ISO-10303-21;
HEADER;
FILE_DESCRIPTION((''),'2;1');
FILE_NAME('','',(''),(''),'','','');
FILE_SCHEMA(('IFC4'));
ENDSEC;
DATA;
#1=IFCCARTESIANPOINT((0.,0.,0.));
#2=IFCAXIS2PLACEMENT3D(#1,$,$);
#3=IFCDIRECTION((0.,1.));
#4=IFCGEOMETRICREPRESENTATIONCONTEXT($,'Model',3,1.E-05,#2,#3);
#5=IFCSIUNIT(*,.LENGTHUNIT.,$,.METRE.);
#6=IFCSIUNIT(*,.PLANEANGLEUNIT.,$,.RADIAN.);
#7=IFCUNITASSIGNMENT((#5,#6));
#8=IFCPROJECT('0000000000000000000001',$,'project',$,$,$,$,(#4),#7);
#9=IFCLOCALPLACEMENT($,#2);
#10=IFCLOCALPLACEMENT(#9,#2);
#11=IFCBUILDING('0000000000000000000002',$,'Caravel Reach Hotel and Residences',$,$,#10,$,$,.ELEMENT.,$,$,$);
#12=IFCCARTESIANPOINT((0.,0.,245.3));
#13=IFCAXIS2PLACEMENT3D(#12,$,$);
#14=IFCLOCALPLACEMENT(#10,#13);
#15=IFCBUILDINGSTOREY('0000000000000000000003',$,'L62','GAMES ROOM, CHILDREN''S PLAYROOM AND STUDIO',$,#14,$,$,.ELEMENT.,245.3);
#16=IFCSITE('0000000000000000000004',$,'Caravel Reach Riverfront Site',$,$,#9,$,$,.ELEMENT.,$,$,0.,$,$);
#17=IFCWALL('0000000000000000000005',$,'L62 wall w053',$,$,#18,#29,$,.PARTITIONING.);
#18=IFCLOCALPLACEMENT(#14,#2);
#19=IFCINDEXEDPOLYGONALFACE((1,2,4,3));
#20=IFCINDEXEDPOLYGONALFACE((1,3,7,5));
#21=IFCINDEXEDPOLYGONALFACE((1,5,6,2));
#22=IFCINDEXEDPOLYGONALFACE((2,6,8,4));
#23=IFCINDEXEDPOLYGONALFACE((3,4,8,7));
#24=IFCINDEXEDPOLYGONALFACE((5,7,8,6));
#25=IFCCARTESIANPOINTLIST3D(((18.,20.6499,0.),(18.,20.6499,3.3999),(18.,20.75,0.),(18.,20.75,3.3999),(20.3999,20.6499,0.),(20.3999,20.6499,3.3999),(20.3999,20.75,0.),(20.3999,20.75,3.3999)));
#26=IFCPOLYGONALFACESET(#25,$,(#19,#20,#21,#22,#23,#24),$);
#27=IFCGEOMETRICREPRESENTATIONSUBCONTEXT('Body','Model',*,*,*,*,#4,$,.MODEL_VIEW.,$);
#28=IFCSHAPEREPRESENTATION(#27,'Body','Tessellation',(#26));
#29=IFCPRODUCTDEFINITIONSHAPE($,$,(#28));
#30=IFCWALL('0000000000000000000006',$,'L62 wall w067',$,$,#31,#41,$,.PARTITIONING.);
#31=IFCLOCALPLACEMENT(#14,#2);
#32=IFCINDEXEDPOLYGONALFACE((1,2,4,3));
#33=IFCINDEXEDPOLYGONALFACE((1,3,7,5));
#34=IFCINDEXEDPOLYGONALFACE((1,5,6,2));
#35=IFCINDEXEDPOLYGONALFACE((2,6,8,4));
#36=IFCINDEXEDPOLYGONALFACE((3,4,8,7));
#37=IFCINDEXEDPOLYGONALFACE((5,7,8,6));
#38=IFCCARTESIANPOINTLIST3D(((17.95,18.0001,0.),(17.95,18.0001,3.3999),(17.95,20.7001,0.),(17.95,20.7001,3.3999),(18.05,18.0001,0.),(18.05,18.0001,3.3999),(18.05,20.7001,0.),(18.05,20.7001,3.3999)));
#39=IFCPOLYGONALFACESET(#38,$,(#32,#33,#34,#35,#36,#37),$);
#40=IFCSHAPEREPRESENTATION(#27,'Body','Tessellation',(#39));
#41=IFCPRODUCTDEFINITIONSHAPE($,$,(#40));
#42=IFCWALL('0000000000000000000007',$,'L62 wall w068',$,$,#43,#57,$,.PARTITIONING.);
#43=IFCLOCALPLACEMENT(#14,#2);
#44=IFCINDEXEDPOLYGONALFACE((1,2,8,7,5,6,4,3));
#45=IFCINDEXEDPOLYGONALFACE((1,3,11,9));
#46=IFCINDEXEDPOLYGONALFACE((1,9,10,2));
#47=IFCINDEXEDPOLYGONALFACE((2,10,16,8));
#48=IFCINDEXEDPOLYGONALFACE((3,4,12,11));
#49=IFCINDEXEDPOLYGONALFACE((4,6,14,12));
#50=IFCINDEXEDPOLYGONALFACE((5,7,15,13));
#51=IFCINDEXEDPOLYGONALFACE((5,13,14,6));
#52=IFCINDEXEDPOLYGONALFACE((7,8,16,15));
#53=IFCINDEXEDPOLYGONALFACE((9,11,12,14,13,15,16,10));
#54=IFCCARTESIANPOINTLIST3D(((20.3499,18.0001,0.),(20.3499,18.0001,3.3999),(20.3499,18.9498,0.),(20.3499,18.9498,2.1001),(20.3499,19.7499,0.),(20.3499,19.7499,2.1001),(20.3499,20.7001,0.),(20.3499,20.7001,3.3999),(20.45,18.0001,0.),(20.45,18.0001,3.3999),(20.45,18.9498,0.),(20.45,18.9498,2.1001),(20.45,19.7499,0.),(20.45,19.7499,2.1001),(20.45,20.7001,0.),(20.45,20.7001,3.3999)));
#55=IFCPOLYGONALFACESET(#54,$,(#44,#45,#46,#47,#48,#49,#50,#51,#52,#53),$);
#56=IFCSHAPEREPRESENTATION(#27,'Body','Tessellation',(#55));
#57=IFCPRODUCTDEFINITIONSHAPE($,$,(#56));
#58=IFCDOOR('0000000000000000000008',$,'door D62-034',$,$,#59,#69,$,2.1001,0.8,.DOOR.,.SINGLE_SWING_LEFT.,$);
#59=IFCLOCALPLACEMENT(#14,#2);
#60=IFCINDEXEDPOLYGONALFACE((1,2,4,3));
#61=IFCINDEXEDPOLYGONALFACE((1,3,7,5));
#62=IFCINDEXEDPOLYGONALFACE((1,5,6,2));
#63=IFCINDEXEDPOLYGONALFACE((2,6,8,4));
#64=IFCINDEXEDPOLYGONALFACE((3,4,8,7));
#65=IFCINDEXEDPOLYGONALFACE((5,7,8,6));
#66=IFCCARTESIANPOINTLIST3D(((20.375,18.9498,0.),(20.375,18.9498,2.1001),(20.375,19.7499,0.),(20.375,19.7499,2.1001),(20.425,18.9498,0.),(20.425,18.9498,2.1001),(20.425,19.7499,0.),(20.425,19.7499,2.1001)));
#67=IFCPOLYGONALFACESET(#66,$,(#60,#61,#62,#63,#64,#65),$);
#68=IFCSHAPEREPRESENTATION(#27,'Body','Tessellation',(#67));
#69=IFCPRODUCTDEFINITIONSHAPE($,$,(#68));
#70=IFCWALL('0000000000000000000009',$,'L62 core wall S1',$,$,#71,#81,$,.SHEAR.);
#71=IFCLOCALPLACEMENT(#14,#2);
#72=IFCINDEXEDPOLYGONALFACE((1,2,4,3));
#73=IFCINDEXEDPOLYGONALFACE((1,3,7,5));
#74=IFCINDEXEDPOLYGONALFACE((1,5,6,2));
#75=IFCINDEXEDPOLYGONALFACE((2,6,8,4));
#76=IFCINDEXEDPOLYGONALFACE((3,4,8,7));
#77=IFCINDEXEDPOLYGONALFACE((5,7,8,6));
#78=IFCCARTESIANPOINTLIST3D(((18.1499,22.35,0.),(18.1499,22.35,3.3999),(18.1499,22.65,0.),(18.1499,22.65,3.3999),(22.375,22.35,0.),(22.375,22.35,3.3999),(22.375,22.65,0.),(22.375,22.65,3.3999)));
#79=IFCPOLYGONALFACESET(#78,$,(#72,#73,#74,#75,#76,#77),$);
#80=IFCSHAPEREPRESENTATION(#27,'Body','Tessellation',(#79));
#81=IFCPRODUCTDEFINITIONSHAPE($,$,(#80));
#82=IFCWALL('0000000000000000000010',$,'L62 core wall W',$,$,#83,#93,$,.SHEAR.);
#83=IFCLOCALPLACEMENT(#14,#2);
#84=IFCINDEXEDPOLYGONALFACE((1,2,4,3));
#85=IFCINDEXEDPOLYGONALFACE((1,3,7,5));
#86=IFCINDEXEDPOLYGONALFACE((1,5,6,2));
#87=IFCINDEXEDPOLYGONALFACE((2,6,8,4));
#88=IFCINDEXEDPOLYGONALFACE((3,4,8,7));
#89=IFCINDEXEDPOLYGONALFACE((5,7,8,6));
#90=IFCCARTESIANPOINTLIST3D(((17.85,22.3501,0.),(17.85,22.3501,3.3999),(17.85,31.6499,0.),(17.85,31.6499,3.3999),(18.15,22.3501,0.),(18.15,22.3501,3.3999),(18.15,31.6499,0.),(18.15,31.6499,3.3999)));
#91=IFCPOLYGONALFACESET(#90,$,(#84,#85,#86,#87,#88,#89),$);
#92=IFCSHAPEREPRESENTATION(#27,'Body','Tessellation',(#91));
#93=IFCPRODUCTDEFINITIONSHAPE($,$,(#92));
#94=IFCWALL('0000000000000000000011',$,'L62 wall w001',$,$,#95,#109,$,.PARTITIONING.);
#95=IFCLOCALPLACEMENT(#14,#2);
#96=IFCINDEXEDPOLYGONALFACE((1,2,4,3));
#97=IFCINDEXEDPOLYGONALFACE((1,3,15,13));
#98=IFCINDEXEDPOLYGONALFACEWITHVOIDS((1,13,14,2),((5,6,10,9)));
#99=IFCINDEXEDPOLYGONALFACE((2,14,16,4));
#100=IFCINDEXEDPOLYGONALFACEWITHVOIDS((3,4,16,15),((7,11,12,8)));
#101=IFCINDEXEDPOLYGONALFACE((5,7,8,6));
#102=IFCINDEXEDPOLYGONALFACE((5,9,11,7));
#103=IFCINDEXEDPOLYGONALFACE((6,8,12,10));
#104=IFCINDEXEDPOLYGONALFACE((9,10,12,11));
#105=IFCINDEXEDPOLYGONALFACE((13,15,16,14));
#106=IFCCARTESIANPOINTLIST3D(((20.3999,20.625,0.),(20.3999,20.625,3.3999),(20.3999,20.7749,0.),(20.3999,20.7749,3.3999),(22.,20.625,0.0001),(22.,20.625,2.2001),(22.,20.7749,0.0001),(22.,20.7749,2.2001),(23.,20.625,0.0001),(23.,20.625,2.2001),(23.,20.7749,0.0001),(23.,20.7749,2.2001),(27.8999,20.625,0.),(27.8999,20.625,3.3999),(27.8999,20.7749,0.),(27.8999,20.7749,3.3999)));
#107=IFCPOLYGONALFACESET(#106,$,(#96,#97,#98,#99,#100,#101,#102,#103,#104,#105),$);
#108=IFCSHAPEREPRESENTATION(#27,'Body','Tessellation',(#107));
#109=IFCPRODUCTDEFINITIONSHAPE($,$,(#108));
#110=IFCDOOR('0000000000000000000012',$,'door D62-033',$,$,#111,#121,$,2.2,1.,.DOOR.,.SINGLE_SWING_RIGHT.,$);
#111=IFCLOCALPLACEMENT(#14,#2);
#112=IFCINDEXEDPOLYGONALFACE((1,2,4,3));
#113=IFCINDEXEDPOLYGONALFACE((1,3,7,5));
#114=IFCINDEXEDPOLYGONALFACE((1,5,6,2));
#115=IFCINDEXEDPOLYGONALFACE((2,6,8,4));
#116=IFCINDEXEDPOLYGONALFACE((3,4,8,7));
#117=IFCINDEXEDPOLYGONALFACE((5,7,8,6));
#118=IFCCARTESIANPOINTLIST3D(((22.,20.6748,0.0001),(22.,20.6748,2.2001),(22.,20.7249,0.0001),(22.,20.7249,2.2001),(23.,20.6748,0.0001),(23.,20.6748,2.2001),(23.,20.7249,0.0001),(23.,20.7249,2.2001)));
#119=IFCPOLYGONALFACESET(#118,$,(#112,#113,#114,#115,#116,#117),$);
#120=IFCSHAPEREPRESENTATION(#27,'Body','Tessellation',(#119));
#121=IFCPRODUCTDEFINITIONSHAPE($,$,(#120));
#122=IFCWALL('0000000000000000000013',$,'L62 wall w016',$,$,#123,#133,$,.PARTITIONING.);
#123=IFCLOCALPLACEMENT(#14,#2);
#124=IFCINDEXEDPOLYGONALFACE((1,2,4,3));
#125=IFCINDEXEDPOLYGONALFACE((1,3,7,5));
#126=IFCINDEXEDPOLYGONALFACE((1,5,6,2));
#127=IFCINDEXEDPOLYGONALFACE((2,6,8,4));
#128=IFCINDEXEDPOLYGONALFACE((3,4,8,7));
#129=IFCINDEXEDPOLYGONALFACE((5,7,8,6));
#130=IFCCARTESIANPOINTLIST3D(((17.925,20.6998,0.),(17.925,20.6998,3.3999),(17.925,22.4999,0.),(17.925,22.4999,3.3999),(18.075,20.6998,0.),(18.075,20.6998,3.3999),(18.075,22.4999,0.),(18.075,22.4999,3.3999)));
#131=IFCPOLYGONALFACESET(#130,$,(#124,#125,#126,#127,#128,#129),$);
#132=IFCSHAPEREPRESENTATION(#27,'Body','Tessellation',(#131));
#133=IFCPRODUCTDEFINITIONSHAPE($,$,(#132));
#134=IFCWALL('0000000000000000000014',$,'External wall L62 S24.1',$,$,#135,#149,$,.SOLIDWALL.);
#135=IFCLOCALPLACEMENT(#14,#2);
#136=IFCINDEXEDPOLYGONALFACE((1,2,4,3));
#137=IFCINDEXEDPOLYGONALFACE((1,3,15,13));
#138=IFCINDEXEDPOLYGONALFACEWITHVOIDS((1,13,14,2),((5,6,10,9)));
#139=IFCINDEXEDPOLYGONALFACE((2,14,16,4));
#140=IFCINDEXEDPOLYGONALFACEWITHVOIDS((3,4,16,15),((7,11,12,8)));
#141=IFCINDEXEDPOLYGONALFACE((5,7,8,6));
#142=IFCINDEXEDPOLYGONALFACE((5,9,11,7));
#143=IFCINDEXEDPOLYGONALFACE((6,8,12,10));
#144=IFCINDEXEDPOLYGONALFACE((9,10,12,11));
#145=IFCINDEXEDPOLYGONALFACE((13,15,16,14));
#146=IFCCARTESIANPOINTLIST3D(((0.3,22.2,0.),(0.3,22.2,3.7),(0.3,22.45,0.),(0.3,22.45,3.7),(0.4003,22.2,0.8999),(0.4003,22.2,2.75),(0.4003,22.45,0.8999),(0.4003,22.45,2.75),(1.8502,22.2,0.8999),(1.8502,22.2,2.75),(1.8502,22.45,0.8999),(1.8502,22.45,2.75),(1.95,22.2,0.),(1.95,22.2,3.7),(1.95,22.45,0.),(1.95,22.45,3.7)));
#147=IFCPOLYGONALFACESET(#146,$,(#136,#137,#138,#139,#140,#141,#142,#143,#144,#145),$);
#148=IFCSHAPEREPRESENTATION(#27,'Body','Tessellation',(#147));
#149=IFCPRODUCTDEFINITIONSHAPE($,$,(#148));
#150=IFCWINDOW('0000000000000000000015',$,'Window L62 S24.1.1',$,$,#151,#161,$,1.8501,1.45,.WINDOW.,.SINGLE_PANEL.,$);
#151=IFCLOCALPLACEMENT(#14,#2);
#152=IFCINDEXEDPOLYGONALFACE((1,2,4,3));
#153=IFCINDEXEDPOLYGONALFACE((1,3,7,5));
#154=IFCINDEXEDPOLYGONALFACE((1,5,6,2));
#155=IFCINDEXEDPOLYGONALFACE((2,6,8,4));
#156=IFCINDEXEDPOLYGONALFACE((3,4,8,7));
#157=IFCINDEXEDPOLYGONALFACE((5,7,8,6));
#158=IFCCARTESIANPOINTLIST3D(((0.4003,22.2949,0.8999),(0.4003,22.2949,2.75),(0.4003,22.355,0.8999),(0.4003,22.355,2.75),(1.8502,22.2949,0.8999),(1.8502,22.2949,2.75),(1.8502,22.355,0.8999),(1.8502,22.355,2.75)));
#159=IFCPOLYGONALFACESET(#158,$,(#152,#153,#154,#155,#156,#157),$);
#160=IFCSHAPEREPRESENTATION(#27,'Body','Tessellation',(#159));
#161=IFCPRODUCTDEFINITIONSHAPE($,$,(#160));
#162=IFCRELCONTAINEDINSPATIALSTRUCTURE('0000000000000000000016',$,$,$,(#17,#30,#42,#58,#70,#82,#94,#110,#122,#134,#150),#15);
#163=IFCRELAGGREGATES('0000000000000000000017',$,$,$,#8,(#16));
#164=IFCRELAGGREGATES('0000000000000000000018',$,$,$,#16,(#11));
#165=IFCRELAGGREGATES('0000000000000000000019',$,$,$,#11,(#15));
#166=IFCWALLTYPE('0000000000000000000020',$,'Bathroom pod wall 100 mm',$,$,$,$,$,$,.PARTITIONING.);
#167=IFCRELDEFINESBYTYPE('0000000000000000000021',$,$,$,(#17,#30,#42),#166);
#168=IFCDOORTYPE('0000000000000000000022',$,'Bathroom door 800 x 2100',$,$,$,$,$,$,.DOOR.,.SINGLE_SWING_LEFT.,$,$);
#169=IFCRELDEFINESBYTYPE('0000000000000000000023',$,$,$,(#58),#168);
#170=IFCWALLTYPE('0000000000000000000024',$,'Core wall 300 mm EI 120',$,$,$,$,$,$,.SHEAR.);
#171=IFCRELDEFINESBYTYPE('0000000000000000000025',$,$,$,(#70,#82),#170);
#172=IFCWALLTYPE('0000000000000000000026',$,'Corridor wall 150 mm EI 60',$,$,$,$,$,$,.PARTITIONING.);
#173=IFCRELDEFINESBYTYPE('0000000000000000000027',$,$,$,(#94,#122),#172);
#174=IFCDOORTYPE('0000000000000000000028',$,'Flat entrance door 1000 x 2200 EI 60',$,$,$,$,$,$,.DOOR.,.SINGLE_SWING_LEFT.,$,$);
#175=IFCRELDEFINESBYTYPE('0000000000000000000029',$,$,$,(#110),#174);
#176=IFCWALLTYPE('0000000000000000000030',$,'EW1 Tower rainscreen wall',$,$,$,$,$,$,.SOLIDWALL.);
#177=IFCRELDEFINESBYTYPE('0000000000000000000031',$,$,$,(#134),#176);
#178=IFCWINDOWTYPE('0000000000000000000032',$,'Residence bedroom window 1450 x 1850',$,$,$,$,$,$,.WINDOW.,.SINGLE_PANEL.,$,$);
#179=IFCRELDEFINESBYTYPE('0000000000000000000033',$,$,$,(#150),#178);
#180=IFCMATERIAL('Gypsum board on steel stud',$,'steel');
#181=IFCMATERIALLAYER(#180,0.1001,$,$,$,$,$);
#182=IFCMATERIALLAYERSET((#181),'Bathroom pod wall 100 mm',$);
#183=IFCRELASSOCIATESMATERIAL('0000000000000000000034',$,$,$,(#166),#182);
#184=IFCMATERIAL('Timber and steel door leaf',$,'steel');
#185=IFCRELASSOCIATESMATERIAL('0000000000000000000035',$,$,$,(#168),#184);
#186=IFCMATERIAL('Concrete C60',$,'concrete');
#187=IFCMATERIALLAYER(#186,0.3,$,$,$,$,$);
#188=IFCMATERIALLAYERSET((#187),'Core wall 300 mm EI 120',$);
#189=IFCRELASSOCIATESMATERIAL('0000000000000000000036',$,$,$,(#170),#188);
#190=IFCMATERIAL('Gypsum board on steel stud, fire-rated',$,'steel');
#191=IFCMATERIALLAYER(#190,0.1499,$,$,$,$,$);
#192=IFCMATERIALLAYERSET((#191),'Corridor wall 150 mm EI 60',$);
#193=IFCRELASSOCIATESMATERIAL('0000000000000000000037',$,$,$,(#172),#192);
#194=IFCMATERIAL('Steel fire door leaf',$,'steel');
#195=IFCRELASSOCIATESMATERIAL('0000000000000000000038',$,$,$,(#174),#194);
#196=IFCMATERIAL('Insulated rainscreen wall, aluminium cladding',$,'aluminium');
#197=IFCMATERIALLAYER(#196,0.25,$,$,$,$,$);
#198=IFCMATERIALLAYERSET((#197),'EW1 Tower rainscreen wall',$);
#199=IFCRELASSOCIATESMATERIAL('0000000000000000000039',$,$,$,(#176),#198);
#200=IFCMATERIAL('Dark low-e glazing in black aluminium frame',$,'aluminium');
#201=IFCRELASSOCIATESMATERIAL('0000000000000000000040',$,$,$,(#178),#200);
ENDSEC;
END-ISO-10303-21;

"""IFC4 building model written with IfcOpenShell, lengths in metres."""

from ifc_helpers import new_model, si_unit, direction, frame, frame_2d, origin, place, context, subcontext, project, spatial, rectangle, extrude, material, layer, layer_set, type_object, element, fill, save


model = new_model("IFC4")

# Units and contexts
model_context = context("Model", 3, precision=1e-05, world=origin(), true_north=direction((0.0, 1.0)))
body_context = subcontext(model_context, "Body", "Model", "MODEL_VIEW")
ifc_project = project(units=[si_unit("LENGTHUNIT", "METRE"), si_unit("PLANEANGLEUNIT", "RADIAN")], contexts=[model_context])

# Site, building, storey
site_placement = place(None, origin())
site = spatial("IfcSite", under=ifc_project, at=site_placement, Name="Caravel Reach Riverfront Site", CompositionType="ELEMENT", RefElevation=0.0)
building_placement = place(site_placement, origin())
building = spatial("IfcBuilding", under=site, at=building_placement, Name="Caravel Reach Hotel and Residences", CompositionType="ELEMENT")
storey_placement = place(building_placement, frame((0.0, 0.0, 245.3)))
storey = spatial("IfcBuildingStorey", under=building, at=storey_placement, Name="L62", Description="GAMES ROOM, CHILDREN'S PLAYROOM AND STUDIO", CompositionType="ELEMENT", Elevation=245.3)

# Walls
ifc_material_1 = material(Name="Gypsum board on steel stud", Category="steel")
ifc_layer_1 = layer(ifc_material_1, 0.1001)
ifc_layer_set_1 = layer_set([ifc_layer_1], Name="Bathroom pod wall 100 mm")
wall_type_1 = type_object("IfcWallType", Name="Bathroom pod wall 100 mm", PredefinedType="PARTITIONING", material=ifc_layer_set_1)
for number, where, z_axis, x_axis, name in (
    (1, (18.0, 20.7, 0.0), (0.0, 0.0, 1.0), (1.0, 0.0, 0.0), "L62 wall w053"),
):
    element("IfcWall", number, at=place(storey_placement, frame(where, z_axis=z_axis, x_axis=x_axis)), inside=storey, type_object=wall_type_1, Name=name, PredefinedType="PARTITIONING", context=body_context, shape_type="SweptSolid", body=[
        extrude(rectangle(XDim=2.3999, YDim=0.1001, at=frame_2d((1.2, 0.0))), origin(), (0.0, 0.0, 1.0), 3.3999),
    ])
wall_1_placement = place(storey_placement, frame((18.0, 18.0, 0.0), z_axis=(0.0, 0.0, 1.0), x_axis=(0.0, 1.0, 0.0)))
element("IfcWall", 2, at=wall_1_placement, inside=storey, type_object=wall_type_1, Name="L62 wall w067", PredefinedType="PARTITIONING", context=body_context, shape_type="SweptSolid", body=[
    extrude(rectangle(XDim=2.7, YDim=0.1001, at=frame_2d((1.3501, 0.0))), origin(), (0.0, 0.0, 1.0), 3.3999),
])

# Wall, opening, door
wall_2_placement = place(storey_placement, frame((20.3999, 18.0, 0.0), z_axis=(0.0, 0.0, 1.0), x_axis=(0.0, 1.0, 0.0)))
wall_2 = element("IfcWall", 3, at=wall_2_placement, inside=storey, type_object=wall_type_1, Name="L62 wall w068", PredefinedType="PARTITIONING", context=body_context, shape_type="SweptSolid", body=[
    extrude(rectangle(XDim=2.7, YDim=0.1001, at=frame_2d((1.3501, 0.0))), origin(), (0.0, 0.0, 1.0), 3.3999),
])
opening_1_placement = place(wall_2_placement, frame((0.95, 0.0, 0.0)))
opening_1 = element("IfcOpeningElement", 4, at=opening_1_placement, cuts=wall_2, PredefinedType="OPENING", context=body_context, shape_type="SweptSolid", body=[
    extrude(rectangle(XDim=0.8, YDim=2.1001, at=frame_2d((0.3999, 1.05))), frame((0.0, 0.0601, 0.0), z_axis=(0.0, -1.0, 0.0), x_axis=(1.0, 0.0, 0.0)), (0.0, 0.0, 1.0), 0.1201),
])
ifc_material_2 = material(Name="Timber and steel door leaf", Category="steel")
door_type_1 = type_object("IfcDoorType", Name="Bathroom door 800 x 2100", OperationType="SINGLE_SWING_LEFT", PredefinedType="DOOR", material=ifc_material_2)
door_1_placement = place(opening_1_placement, origin())
door_1 = element("IfcDoor", 5, at=door_1_placement, inside=storey, type_object=door_type_1, Name="door D62-034", OperationType="SINGLE_SWING_LEFT", OverallHeight=2.1001, OverallWidth=0.8, PredefinedType="DOOR", context=body_context, shape_type="SweptSolid", body=[
    extrude(rectangle(XDim=0.8, YDim=2.1001, at=frame_2d((0.3999, 1.05))), frame((0.0, 0.0249, 0.0), z_axis=(0.0, -1.0, 0.0), x_axis=(1.0, 0.0, 0.0)), (0.0, 0.0, 1.0), 0.05),
])
fill(opening_1, door_1)

# Walls
ifc_material_3 = material(Name="Concrete C60", Category="concrete")
ifc_layer_2 = layer(ifc_material_3, 0.3)
ifc_layer_set_2 = layer_set([ifc_layer_2], Name="Core wall 300 mm EI 120")
wall_type_2 = type_object("IfcWallType", Name="Core wall 300 mm EI 120", PredefinedType="SHEAR", material=ifc_layer_set_2)
wall_3_placement = place(storey_placement, frame((18.1499, 22.5, 0.0), z_axis=(0.0, 0.0, 1.0), x_axis=(1.0, 0.0, 0.0)))
element("IfcWall", 6, at=wall_3_placement, inside=storey, type_object=wall_type_2, Name="L62 core wall S1", PredefinedType="SHEAR", context=body_context, shape_type="SweptSolid", body=[
    extrude(rectangle(XDim=4.2251, YDim=0.3, at=frame_2d((2.1125, 0.0))), origin(), (0.0, 0.0, 1.0), 3.3999),
])
wall_4_placement = place(storey_placement, frame((18.0, 22.3501, 0.0), z_axis=(0.0, 0.0, 1.0), x_axis=(0.0, 1.0, 0.0)))
element("IfcWall", 7, at=wall_4_placement, inside=storey, type_object=wall_type_2, Name="L62 core wall W", PredefinedType="SHEAR", context=body_context, shape_type="SweptSolid", body=[
    extrude(rectangle(XDim=9.2998, YDim=0.3, at=frame_2d((4.6499, 0.0))), origin(), (0.0, 0.0, 1.0), 3.3999),
])

# Wall, opening, door
ifc_material_4 = material(Name="Gypsum board on steel stud, fire-rated", Category="steel")
ifc_layer_3 = layer(ifc_material_4, 0.1499)
ifc_layer_set_3 = layer_set([ifc_layer_3], Name="Corridor wall 150 mm EI 60")
wall_type_3 = type_object("IfcWallType", Name="Corridor wall 150 mm EI 60", PredefinedType="PARTITIONING", material=ifc_layer_set_3)
wall_5_placement = place(storey_placement, frame((20.3999, 20.7, 0.0), z_axis=(0.0, 0.0, 1.0), x_axis=(1.0, 0.0, 0.0)))
wall_5 = element("IfcWall", 8, at=wall_5_placement, inside=storey, type_object=wall_type_3, Name="L62 wall w001", PredefinedType="PARTITIONING", context=body_context, shape_type="SweptSolid", body=[
    extrude(rectangle(XDim=7.5, YDim=0.1499, at=frame_2d((3.75, 0.0))), origin(), (0.0, 0.0, 1.0), 3.3999),
])
opening_2_placement = place(wall_5_placement, frame((1.6001, 0.0, 0.0)))
opening_2 = element("IfcOpeningElement", 9, at=opening_2_placement, cuts=wall_5, PredefinedType="OPENING", context=body_context, shape_type="SweptSolid", body=[
    extrude(rectangle(XDim=1.0, YDim=2.2, at=frame_2d((0.5, 1.1001))), frame((0.0, 0.085, 0.0), z_axis=(0.0, -1.0, 0.0), x_axis=(1.0, 0.0, 0.0)), (0.0, 0.0, 1.0), 0.1699),
])
ifc_material_5 = material(Name="Steel fire door leaf", Category="steel")
door_type_2 = type_object("IfcDoorType", Name="Flat entrance door 1000 x 2200 EI 60", OperationType="SINGLE_SWING_LEFT", PredefinedType="DOOR", material=ifc_material_5)
door_2_placement = place(opening_2_placement, origin())
door_2 = element("IfcDoor", 10, at=door_2_placement, inside=storey, type_object=door_type_2, Name="door D62-033", OperationType="SINGLE_SWING_RIGHT", OverallHeight=2.2, OverallWidth=1.0, PredefinedType="DOOR", context=body_context, shape_type="SweptSolid", body=[
    extrude(rectangle(XDim=1.0, YDim=2.2, at=frame_2d((0.5, 1.1001))), frame((0.0, 0.0249, 0.0), z_axis=(0.0, -1.0, 0.0), x_axis=(1.0, 0.0, 0.0)), (0.0, 0.0, 1.0), 0.05),
])
fill(opening_2, door_2)

# Wall
wall_6_placement = place(storey_placement, frame((18.0, 20.7, 0.0), z_axis=(0.0, 0.0, 1.0), x_axis=(0.0, 1.0, 0.0)))
element("IfcWall", 11, at=wall_6_placement, inside=storey, type_object=wall_type_3, Name="L62 wall w016", PredefinedType="PARTITIONING", context=body_context, shape_type="SweptSolid", body=[
    extrude(rectangle(XDim=1.8, YDim=0.1499, at=frame_2d((0.8999, 0.0))), origin(), (0.0, 0.0, 1.0), 3.3999),
])

# Wall, opening, window
ifc_material_6 = material(Name="Insulated rainscreen wall, aluminium cladding", Category="aluminium")
ifc_layer_4 = layer(ifc_material_6, 0.25)
ifc_layer_set_4 = layer_set([ifc_layer_4], Name="EW1 Tower rainscreen wall")
wall_type_4 = type_object("IfcWallType", Name="EW1 Tower rainscreen wall", PredefinedType="SOLIDWALL", material=ifc_layer_set_4)
wall_7_placement = place(storey_placement, frame((0.3, 22.325, 0.0), z_axis=(0.0, 0.0, 1.0), x_axis=(1.0, 0.0, 0.0)))
wall_7 = element("IfcWall", 12, at=wall_7_placement, inside=storey, type_object=wall_type_4, Name="External wall L62 S24.1", PredefinedType="SOLIDWALL", context=body_context, shape_type="SweptSolid", body=[
    extrude(rectangle(XDim=1.6499, YDim=0.25, at=frame_2d((0.825, 0.0))), origin(), (0.0, 0.0, 1.0), 3.7),
])
opening_3_placement = place(wall_7_placement, frame((0.1001, 0.0, 0.8999)))
opening_3 = element("IfcOpeningElement", 13, at=opening_3_placement, cuts=wall_7, PredefinedType="OPENING", context=body_context, shape_type="SweptSolid", body=[
    extrude(rectangle(XDim=1.45, YDim=1.8501, at=frame_2d((0.7251, 0.925))), frame((0.0, 0.135, 0.0), z_axis=(0.0, -1.0, 0.0), x_axis=(1.0, 0.0, 0.0)), (0.0, 0.0, 1.0), 0.27),
])
ifc_material_7 = material(Name="Dark low-e glazing in black aluminium frame", Category="aluminium")
window_type = type_object("IfcWindowType", Name="Residence bedroom window 1450 x 1850", PartitioningType="SINGLE_PANEL", PredefinedType="WINDOW", material=ifc_material_7)
window_1_placement = place(opening_3_placement, origin())
window_1 = element("IfcWindow", 14, at=window_1_placement, inside=storey, type_object=window_type, Name="Window L62 S24.1.1", OverallHeight=1.8501, OverallWidth=1.45, PartitioningType="SINGLE_PANEL", PredefinedType="WINDOW", context=body_context, shape_type="SweptSolid", body=[
    extrude(rectangle(XDim=1.45, YDim=1.8501, at=frame_2d((0.7251, 0.925))), frame((0.0, 0.03, 0.0), z_axis=(0.0, -1.0, 0.0), x_axis=(1.0, 0.0, 0.0)), (0.0, 0.0, 1.0), 0.0601),
])
fill(opening_3, window_1)

save(model, "model.ifc")
